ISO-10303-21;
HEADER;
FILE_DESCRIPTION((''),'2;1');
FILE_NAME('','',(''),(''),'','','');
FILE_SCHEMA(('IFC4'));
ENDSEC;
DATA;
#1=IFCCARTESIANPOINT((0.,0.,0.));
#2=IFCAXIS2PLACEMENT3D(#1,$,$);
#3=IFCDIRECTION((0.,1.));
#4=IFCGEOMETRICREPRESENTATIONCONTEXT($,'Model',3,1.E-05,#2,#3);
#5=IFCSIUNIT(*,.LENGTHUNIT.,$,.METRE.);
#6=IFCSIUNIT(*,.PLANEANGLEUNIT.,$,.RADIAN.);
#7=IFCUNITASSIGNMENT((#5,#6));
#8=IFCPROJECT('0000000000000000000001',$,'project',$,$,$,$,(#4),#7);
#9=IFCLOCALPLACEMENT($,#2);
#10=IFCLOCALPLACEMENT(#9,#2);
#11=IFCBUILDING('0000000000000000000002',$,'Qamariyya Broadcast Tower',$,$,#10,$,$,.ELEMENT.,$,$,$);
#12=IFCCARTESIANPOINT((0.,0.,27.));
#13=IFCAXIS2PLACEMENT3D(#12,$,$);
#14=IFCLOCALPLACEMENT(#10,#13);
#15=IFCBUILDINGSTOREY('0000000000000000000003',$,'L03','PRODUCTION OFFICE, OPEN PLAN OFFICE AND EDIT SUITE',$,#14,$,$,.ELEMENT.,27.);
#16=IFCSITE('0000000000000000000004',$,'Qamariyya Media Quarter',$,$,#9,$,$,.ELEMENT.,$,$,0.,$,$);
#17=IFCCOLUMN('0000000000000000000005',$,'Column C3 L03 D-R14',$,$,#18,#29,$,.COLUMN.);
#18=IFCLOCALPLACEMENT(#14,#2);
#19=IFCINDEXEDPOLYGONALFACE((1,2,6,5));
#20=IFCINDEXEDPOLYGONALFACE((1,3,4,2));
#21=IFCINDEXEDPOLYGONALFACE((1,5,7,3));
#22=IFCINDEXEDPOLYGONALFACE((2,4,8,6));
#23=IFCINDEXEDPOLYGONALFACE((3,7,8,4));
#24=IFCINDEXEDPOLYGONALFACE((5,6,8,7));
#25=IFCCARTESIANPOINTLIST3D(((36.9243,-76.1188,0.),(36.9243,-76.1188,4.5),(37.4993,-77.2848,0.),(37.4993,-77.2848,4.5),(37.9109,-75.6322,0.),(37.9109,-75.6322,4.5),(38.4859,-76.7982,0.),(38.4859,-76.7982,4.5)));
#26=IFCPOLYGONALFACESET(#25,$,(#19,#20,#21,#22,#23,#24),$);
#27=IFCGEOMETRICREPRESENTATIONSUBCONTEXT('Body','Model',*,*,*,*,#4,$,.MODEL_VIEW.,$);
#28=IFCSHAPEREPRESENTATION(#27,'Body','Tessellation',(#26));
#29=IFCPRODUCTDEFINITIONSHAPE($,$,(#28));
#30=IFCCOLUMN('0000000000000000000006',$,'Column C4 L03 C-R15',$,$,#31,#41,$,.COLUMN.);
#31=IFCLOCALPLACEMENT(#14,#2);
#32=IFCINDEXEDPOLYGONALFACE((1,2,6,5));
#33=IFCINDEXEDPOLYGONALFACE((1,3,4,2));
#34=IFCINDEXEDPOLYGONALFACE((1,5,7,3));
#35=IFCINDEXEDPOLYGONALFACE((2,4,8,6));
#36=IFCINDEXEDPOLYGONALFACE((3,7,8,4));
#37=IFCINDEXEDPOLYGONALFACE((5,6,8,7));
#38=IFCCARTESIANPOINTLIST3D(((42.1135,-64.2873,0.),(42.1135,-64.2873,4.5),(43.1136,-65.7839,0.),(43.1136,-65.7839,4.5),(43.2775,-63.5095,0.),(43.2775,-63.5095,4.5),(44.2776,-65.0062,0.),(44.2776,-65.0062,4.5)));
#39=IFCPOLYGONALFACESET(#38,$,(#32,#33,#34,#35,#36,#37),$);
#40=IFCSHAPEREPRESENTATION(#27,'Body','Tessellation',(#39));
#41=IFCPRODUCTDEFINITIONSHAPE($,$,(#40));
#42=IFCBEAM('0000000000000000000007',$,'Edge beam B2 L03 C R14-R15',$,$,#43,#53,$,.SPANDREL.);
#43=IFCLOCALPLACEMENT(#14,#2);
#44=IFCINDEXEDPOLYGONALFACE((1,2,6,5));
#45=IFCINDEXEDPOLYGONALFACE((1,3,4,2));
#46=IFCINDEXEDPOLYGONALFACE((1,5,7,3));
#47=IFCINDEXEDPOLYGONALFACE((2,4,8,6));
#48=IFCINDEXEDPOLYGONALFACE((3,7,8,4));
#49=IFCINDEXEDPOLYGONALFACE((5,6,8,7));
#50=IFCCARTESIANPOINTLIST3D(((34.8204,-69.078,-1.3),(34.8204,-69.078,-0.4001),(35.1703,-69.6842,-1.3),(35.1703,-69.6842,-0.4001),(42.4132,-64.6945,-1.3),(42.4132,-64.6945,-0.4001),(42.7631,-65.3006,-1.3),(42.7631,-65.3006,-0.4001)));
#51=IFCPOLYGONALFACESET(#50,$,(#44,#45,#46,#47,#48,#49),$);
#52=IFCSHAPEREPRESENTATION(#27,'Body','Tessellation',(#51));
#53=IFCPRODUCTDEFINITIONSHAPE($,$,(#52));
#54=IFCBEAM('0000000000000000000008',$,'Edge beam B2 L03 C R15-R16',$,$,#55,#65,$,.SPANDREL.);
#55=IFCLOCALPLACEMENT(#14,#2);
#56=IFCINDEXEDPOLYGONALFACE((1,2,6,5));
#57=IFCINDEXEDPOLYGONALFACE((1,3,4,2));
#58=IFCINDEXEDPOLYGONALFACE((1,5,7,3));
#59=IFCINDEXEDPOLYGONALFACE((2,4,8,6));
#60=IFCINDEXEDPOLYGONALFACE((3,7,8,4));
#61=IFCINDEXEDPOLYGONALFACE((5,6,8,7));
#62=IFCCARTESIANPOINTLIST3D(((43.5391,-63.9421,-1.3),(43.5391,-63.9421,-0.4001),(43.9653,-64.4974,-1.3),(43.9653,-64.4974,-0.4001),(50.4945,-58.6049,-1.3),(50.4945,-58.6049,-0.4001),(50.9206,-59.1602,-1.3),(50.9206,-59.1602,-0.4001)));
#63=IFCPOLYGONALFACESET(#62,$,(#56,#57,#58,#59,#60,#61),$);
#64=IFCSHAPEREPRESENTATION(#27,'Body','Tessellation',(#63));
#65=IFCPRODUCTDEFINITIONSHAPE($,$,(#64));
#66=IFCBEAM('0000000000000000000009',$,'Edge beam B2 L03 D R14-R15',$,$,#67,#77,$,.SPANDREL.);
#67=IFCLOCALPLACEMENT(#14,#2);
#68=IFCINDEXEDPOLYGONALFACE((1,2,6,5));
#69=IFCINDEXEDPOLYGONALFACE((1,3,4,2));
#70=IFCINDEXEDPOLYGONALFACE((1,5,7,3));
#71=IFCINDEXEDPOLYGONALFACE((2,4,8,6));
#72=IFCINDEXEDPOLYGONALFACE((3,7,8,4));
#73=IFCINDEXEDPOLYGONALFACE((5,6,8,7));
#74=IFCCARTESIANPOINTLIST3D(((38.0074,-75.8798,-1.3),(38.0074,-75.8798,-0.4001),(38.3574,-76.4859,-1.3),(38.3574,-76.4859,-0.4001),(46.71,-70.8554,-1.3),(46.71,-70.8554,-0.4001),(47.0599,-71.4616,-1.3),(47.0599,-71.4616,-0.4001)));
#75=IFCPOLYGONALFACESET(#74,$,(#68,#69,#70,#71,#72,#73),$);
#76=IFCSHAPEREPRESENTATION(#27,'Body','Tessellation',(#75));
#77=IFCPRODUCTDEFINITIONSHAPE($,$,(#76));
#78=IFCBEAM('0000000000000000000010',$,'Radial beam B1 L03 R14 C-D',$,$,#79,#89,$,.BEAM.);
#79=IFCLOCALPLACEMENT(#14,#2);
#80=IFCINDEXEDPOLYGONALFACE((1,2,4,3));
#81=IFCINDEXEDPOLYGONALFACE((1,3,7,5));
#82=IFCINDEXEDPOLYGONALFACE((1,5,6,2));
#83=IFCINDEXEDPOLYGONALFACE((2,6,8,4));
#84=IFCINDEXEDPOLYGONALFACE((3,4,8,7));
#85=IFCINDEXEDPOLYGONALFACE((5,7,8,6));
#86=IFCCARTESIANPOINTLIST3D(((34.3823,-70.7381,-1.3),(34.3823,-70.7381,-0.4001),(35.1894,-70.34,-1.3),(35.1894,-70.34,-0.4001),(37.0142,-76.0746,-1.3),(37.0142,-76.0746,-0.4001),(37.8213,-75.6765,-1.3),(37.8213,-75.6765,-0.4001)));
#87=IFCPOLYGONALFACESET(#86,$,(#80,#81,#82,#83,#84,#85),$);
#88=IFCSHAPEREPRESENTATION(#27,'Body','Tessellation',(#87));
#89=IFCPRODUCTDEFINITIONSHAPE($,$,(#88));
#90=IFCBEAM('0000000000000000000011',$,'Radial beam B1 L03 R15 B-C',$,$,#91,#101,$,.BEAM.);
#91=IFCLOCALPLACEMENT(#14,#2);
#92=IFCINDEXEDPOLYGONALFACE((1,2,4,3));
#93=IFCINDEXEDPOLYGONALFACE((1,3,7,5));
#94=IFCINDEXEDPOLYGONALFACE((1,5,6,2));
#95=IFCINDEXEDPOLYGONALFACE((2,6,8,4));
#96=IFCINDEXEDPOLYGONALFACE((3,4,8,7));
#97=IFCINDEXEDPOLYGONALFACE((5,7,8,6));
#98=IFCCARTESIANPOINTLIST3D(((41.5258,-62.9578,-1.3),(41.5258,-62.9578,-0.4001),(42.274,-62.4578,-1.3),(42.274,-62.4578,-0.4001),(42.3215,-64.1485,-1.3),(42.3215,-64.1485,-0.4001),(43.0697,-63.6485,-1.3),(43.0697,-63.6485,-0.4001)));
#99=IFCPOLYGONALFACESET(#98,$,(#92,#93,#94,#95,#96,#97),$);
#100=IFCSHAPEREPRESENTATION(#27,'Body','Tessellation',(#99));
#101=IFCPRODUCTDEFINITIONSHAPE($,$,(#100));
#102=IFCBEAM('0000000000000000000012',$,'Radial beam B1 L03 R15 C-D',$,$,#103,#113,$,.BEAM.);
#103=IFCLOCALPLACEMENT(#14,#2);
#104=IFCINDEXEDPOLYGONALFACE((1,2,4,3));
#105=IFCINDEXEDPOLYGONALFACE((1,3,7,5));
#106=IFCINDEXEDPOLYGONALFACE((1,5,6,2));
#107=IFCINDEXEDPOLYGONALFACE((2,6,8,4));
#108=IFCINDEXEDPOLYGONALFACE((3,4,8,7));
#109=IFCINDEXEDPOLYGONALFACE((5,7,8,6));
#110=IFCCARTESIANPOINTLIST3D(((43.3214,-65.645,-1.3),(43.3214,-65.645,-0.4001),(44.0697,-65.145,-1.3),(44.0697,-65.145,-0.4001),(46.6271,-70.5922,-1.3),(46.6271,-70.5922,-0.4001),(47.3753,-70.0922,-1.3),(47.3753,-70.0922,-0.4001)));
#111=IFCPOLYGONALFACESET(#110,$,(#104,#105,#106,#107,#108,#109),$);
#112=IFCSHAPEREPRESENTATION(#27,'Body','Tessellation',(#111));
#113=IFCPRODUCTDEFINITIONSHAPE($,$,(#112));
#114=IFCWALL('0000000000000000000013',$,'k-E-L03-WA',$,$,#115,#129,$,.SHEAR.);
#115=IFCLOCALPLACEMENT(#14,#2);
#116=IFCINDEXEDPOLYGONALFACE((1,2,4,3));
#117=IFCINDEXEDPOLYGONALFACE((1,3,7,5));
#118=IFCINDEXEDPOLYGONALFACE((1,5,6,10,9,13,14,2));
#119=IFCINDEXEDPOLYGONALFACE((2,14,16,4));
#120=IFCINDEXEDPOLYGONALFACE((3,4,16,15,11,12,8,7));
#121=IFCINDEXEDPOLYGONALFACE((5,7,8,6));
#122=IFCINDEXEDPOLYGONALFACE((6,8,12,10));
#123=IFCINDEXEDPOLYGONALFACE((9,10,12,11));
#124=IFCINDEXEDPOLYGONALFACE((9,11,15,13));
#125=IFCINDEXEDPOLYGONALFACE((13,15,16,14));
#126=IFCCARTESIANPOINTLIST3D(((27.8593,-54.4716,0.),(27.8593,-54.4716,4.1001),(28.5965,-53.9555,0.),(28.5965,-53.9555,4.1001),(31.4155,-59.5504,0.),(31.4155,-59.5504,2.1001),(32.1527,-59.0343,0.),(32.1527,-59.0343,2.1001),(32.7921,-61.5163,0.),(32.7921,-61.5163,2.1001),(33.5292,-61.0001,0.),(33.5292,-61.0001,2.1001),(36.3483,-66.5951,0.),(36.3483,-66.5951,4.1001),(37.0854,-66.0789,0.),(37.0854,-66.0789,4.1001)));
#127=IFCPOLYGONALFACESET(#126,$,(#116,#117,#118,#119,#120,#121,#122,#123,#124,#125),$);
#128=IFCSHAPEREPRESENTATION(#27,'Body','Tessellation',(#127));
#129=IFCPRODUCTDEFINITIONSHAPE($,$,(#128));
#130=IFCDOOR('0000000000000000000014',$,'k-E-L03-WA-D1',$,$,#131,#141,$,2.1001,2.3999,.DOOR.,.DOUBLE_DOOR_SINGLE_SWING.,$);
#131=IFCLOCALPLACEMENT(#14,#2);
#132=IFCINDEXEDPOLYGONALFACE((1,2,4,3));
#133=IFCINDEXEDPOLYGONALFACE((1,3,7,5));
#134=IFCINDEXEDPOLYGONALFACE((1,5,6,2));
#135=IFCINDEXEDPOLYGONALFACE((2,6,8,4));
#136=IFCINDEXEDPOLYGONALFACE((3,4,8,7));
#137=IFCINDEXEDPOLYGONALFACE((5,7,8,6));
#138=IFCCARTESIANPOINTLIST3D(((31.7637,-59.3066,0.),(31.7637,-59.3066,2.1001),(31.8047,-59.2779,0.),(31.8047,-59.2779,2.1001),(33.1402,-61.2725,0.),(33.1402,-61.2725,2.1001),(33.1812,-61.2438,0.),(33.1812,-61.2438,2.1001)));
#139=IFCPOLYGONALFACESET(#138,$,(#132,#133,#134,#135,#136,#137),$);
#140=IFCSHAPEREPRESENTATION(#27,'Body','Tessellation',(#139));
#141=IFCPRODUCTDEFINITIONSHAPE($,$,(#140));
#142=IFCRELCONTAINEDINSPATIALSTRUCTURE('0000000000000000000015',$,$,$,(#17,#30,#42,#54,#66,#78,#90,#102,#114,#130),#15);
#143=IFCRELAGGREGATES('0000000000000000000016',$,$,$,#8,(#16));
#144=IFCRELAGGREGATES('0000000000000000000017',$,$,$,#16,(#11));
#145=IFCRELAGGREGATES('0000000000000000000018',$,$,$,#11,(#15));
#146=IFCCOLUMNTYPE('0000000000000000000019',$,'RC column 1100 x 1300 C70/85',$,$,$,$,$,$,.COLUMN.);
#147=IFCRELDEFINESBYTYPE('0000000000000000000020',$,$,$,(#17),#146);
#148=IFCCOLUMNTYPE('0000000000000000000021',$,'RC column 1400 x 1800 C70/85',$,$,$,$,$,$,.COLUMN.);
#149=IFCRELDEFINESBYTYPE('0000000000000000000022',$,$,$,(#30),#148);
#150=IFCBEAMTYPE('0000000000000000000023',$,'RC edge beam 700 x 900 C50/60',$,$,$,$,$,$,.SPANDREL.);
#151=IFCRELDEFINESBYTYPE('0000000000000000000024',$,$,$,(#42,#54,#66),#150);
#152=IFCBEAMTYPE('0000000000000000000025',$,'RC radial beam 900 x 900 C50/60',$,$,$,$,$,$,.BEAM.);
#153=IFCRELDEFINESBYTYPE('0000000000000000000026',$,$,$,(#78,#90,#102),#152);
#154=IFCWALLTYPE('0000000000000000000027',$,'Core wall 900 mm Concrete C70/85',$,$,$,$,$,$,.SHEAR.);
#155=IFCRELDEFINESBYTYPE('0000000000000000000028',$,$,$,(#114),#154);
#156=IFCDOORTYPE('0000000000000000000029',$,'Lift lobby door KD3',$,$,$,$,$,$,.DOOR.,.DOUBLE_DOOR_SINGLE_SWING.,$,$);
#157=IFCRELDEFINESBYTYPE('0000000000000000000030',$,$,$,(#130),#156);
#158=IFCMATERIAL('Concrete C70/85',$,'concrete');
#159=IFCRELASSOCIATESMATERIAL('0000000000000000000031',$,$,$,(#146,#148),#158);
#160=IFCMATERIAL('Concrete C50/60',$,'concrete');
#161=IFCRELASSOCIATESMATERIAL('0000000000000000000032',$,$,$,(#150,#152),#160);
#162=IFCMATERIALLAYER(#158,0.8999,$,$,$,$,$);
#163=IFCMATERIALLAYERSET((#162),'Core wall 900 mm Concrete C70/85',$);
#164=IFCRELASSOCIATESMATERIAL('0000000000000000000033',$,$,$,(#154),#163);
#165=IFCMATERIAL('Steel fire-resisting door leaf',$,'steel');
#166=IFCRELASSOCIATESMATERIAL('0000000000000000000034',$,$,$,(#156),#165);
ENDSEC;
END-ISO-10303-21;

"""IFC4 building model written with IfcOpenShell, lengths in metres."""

from ifc_helpers import new_model, si_unit, direction, frame, frame_2d, origin, origin_2d, place, context, subcontext, project, spatial, rectangle, extrude, material, layer, layer_set, material_profile, profile_set, type_object, element, fill, save


model = new_model("IFC4")

# Units and contexts
model_context = context("Model", 3, precision=1e-05, world=origin(), true_north=direction((0.0, 1.0)))
body_context = subcontext(model_context, "Body", "Model", "MODEL_VIEW")
ifc_project = project(units=[si_unit("LENGTHUNIT", "METRE"), si_unit("PLANEANGLEUNIT", "RADIAN")], contexts=[model_context])

# Site, building, storey
site_placement = place(None, origin())
site = spatial("IfcSite", under=ifc_project, at=site_placement, Name="Qamariyya Media Quarter", CompositionType="ELEMENT", RefElevation=0.0)
building_placement = place(site_placement, origin())
building = spatial("IfcBuilding", under=site, at=building_placement, Name="Qamariyya Broadcast Tower", CompositionType="ELEMENT")
storey_placement = place(building_placement, frame((0.0, 0.0, 27.0)))
storey = spatial("IfcBuildingStorey", under=building, at=storey_placement, Name="L03", Description="PRODUCTION OFFICE, OPEN PLAN OFFICE AND EDIT SUITE", CompositionType="ELEMENT", Elevation=27.0)

# Columns
ifc_material_1 = material(Name="Concrete C70/85", Category="concrete")
ifc_material_profile_1 = material_profile(ifc_material_1, rectangle(XDim=1.1001, YDim=1.3, at=origin_2d()))
ifc_profile_set_1 = profile_set([ifc_material_profile_1], Name="Concrete C70/85")
column_type_1 = type_object("IfcColumnType", Name="RC column 1100 x 1300 C70/85", PredefinedType="COLUMN", material=ifc_profile_set_1)
column_1_placement = place(storey_placement, frame((37.7051, -76.4585, 0.0), z_axis=(0.0, 0.0, 1.0), x_axis=(0.896873, 0.442289, 0.0)))
element("IfcColumn", 1, at=column_1_placement, inside=storey, type_object=column_type_1, Name="Column C3 L03 D-R14", PredefinedType="COLUMN", context=body_context, shape_type="SweptSolid", body=[
    extrude(rectangle(XDim=1.1001, YDim=1.3, at=origin_2d()), origin(), (0.0, 0.0, 1.0), 4.5),
])
ifc_material_profile_2 = material_profile(ifc_material_1, rectangle(XDim=1.3999, YDim=1.8, at=origin_2d()))
ifc_profile_set_2 = profile_set([ifc_material_profile_2], Name="Concrete C70/85")
column_type_2 = type_object("IfcColumnType", Name="RC column 1400 x 1800 C70/85", PredefinedType="COLUMN", material=ifc_profile_set_2)
column_2_placement = place(storey_placement, frame((43.1956, -64.6467, 0.0), z_axis=(0.0, 0.0, 1.0), x_axis=(0.83147, 0.55557, 0.0)))
element("IfcColumn", 2, at=column_2_placement, inside=storey, type_object=column_type_2, Name="Column C4 L03 C-R15", PredefinedType="COLUMN", context=body_context, shape_type="SweptSolid", body=[
    extrude(rectangle(XDim=1.3999, YDim=1.8, at=origin_2d()), origin(), (0.0, 0.0, 1.0), 4.5),
])

# Beams
ifc_material_2 = material(Name="Concrete C50/60", Category="concrete")
ifc_material_profile_3 = material_profile(ifc_material_2, rectangle(XDim=0.7, YDim=0.8999, at=origin_2d()))
ifc_profile_set_3 = profile_set([ifc_material_profile_3], Name="Concrete C50/60")
beam_type_1 = type_object("IfcBeamType", Name="RC edge beam 700 x 900 C50/60", PredefinedType="SPANDREL", material=ifc_profile_set_3)
beam_1_placement = place(storey_placement, frame((34.9954, -69.3811, -0.8501), z_axis=(0.866033, 0.499988, 0.0), x_axis=(-0.499988, 0.866033, 0.0)))
element("IfcBeam", 3, at=beam_1_placement, inside=storey, type_object=beam_type_1, Name="Edge beam B2 L03 C R14-R15", PredefinedType="SPANDREL", context=body_context, shape_type="SweptSolid", body=[
    extrude(rectangle(XDim=0.7, YDim=0.8999, at=origin_2d()), origin(), (0.0, 0.0, 1.0), 8.7673),
])
beam_2_placement = place(storey_placement, frame((43.7522, -64.2197, -0.8501), z_axis=(0.793345, 0.608772, 0.0), x_axis=(-0.608772, 0.793345, 0.0)))
element("IfcBeam", 4, at=beam_2_placement, inside=storey, type_object=beam_type_1, Name="Edge beam B2 L03 C R15-R16", PredefinedType="SPANDREL", context=body_context, shape_type="SweptSolid", body=[
    extrude(rectangle(XDim=0.7, YDim=0.8999, at=origin_2d()), origin(), (0.0, 0.0, 1.0), 8.7671),
])
beam_3_placement = place(storey_placement, frame((38.1824, -76.1829, -0.8501), z_axis=(0.866028, 0.499996, 0.0), x_axis=(-0.499996, 0.866028, 0.0)))
element("IfcBeam", 5, at=beam_3_placement, inside=storey, type_object=beam_type_1, Name="Edge beam B2 L03 D R14-R15", PredefinedType="SPANDREL", context=body_context, shape_type="SweptSolid", body=[
    extrude(rectangle(XDim=0.7, YDim=0.8999, at=origin_2d()), origin(), (0.0, 0.0, 1.0), 10.0488),
])
ifc_material_profile_4 = material_profile(ifc_material_2, rectangle(XDim=0.8999, YDim=0.8999, at=origin_2d()))
ifc_profile_set_4 = profile_set([ifc_material_profile_4], Name="Concrete C50/60")
beam_type_2 = type_object("IfcBeamType", Name="RC radial beam 900 x 900 C50/60", PredefinedType="BEAM", material=ifc_profile_set_4)
beam_4_placement = place(storey_placement, frame((34.7859, -70.5391, -0.8501), z_axis=(0.442316, -0.896859, 0.0), x_axis=(0.896859, 0.442316, 0.0)))
element("IfcBeam", 6, at=beam_4_placement, inside=storey, type_object=beam_type_2, Name="Radial beam B1 L03 R14 C-D", PredefinedType="BEAM", context=body_context, shape_type="SweptSolid", body=[
    extrude(rectangle(XDim=0.8999, YDim=0.8999, at=origin_2d()), origin(), (0.0, 0.0, 1.0), 5.9502),
])
beam_5_placement = place(storey_placement, frame((41.8999, -62.7078, -0.8501), z_axis=(0.555605, -0.831447, 0.0), x_axis=(0.831447, 0.555605, 0.0)))
element("IfcBeam", 7, at=beam_5_placement, inside=storey, type_object=beam_type_2, Name="Radial beam B1 L03 R15 B-C", PredefinedType="BEAM", context=body_context, shape_type="SweptSolid", body=[
    extrude(rectangle(XDim=0.8999, YDim=0.8999, at=origin_2d()), origin(), (0.0, 0.0, 1.0), 1.4321),
])
beam_6_placement = place(storey_placement, frame((43.6956, -65.395, -0.8501), z_axis=(0.555571, -0.831469, 0.0), x_axis=(0.831469, 0.555571, 0.0)))
element("IfcBeam", 8, at=beam_6_placement, inside=storey, type_object=beam_type_2, Name="Radial beam B1 L03 R15 C-D", PredefinedType="BEAM", context=body_context, shape_type="SweptSolid", body=[
    extrude(rectangle(XDim=0.8999, YDim=0.8999, at=origin_2d()), origin(), (0.0, 0.0, 1.0), 5.95),
])

# Wall, opening, door
ifc_layer_1 = layer(ifc_material_1, 0.8999)
ifc_layer_set_1 = layer_set([ifc_layer_1], Name="Core wall 900 mm Concrete C70/85")
wall_type_1 = type_object("IfcWallType", Name="Core wall 900 mm Concrete C70/85", PredefinedType="SHEAR", material=ifc_layer_set_1)
wall_1_placement = place(storey_placement, frame((36.7168, -66.3369, 0.0), z_axis=(0.0, 0.0, 1.0), x_axis=(-0.573577, 0.819151, 0.0)))
wall_1 = element("IfcWall", 9, at=wall_1_placement, inside=storey, type_object=wall_type_1, Name="k-E-L03-WA", PredefinedType="SHEAR", context=body_context, shape_type="SweptSolid", body=[
    extrude(rectangle(XDim=14.8, YDim=0.8999, at=frame_2d((7.3999, 0.0))), origin(), (0.0, 0.0, 1.0), 4.1001),
])
opening_1_placement = place(wall_1_placement, frame((6.2, 0.0, 0.0)))
opening_1 = element("IfcOpeningElement", 10, at=opening_1_placement, cuts=wall_1, PredefinedType="OPENING", context=body_context, shape_type="SweptSolid", body=[
    extrude(rectangle(XDim=2.3999, YDim=2.1001, at=frame_2d((1.2, 1.05))), frame((0.0, 0.46, 0.0), z_axis=(0.0, -1.0, 0.0), x_axis=(1.0, 0.0, 0.0)), (0.0, 0.0, 1.0), 0.9199),
])
ifc_material_3 = material(Name="Steel fire-resisting door leaf", Category="steel")
door_type_1 = type_object("IfcDoorType", Name="Lift lobby door KD3", OperationType="DOUBLE_DOOR_SINGLE_SWING", PredefinedType="DOOR", material=ifc_material_3)
door_1_placement = place(opening_1_placement, origin())
door_1 = element("IfcDoor", 11, at=door_1_placement, inside=storey, type_object=door_type_1, Name="k-E-L03-WA-D1", OperationType="DOUBLE_DOOR_SINGLE_SWING", OverallHeight=2.1001, OverallWidth=2.3999, PredefinedType="DOOR", context=body_context, shape_type="SweptSolid", body=[
    extrude(rectangle(XDim=2.3999, YDim=2.1001, at=frame_2d((1.2, 1.05))), frame((0.0, 0.0249, 0.0), z_axis=(0.0, -1.0, 0.0), x_axis=(1.0, 0.0, 0.0)), (0.0, 0.0, 1.0), 0.05),
])
fill(opening_1, door_1)

save(model, "model.ifc")
